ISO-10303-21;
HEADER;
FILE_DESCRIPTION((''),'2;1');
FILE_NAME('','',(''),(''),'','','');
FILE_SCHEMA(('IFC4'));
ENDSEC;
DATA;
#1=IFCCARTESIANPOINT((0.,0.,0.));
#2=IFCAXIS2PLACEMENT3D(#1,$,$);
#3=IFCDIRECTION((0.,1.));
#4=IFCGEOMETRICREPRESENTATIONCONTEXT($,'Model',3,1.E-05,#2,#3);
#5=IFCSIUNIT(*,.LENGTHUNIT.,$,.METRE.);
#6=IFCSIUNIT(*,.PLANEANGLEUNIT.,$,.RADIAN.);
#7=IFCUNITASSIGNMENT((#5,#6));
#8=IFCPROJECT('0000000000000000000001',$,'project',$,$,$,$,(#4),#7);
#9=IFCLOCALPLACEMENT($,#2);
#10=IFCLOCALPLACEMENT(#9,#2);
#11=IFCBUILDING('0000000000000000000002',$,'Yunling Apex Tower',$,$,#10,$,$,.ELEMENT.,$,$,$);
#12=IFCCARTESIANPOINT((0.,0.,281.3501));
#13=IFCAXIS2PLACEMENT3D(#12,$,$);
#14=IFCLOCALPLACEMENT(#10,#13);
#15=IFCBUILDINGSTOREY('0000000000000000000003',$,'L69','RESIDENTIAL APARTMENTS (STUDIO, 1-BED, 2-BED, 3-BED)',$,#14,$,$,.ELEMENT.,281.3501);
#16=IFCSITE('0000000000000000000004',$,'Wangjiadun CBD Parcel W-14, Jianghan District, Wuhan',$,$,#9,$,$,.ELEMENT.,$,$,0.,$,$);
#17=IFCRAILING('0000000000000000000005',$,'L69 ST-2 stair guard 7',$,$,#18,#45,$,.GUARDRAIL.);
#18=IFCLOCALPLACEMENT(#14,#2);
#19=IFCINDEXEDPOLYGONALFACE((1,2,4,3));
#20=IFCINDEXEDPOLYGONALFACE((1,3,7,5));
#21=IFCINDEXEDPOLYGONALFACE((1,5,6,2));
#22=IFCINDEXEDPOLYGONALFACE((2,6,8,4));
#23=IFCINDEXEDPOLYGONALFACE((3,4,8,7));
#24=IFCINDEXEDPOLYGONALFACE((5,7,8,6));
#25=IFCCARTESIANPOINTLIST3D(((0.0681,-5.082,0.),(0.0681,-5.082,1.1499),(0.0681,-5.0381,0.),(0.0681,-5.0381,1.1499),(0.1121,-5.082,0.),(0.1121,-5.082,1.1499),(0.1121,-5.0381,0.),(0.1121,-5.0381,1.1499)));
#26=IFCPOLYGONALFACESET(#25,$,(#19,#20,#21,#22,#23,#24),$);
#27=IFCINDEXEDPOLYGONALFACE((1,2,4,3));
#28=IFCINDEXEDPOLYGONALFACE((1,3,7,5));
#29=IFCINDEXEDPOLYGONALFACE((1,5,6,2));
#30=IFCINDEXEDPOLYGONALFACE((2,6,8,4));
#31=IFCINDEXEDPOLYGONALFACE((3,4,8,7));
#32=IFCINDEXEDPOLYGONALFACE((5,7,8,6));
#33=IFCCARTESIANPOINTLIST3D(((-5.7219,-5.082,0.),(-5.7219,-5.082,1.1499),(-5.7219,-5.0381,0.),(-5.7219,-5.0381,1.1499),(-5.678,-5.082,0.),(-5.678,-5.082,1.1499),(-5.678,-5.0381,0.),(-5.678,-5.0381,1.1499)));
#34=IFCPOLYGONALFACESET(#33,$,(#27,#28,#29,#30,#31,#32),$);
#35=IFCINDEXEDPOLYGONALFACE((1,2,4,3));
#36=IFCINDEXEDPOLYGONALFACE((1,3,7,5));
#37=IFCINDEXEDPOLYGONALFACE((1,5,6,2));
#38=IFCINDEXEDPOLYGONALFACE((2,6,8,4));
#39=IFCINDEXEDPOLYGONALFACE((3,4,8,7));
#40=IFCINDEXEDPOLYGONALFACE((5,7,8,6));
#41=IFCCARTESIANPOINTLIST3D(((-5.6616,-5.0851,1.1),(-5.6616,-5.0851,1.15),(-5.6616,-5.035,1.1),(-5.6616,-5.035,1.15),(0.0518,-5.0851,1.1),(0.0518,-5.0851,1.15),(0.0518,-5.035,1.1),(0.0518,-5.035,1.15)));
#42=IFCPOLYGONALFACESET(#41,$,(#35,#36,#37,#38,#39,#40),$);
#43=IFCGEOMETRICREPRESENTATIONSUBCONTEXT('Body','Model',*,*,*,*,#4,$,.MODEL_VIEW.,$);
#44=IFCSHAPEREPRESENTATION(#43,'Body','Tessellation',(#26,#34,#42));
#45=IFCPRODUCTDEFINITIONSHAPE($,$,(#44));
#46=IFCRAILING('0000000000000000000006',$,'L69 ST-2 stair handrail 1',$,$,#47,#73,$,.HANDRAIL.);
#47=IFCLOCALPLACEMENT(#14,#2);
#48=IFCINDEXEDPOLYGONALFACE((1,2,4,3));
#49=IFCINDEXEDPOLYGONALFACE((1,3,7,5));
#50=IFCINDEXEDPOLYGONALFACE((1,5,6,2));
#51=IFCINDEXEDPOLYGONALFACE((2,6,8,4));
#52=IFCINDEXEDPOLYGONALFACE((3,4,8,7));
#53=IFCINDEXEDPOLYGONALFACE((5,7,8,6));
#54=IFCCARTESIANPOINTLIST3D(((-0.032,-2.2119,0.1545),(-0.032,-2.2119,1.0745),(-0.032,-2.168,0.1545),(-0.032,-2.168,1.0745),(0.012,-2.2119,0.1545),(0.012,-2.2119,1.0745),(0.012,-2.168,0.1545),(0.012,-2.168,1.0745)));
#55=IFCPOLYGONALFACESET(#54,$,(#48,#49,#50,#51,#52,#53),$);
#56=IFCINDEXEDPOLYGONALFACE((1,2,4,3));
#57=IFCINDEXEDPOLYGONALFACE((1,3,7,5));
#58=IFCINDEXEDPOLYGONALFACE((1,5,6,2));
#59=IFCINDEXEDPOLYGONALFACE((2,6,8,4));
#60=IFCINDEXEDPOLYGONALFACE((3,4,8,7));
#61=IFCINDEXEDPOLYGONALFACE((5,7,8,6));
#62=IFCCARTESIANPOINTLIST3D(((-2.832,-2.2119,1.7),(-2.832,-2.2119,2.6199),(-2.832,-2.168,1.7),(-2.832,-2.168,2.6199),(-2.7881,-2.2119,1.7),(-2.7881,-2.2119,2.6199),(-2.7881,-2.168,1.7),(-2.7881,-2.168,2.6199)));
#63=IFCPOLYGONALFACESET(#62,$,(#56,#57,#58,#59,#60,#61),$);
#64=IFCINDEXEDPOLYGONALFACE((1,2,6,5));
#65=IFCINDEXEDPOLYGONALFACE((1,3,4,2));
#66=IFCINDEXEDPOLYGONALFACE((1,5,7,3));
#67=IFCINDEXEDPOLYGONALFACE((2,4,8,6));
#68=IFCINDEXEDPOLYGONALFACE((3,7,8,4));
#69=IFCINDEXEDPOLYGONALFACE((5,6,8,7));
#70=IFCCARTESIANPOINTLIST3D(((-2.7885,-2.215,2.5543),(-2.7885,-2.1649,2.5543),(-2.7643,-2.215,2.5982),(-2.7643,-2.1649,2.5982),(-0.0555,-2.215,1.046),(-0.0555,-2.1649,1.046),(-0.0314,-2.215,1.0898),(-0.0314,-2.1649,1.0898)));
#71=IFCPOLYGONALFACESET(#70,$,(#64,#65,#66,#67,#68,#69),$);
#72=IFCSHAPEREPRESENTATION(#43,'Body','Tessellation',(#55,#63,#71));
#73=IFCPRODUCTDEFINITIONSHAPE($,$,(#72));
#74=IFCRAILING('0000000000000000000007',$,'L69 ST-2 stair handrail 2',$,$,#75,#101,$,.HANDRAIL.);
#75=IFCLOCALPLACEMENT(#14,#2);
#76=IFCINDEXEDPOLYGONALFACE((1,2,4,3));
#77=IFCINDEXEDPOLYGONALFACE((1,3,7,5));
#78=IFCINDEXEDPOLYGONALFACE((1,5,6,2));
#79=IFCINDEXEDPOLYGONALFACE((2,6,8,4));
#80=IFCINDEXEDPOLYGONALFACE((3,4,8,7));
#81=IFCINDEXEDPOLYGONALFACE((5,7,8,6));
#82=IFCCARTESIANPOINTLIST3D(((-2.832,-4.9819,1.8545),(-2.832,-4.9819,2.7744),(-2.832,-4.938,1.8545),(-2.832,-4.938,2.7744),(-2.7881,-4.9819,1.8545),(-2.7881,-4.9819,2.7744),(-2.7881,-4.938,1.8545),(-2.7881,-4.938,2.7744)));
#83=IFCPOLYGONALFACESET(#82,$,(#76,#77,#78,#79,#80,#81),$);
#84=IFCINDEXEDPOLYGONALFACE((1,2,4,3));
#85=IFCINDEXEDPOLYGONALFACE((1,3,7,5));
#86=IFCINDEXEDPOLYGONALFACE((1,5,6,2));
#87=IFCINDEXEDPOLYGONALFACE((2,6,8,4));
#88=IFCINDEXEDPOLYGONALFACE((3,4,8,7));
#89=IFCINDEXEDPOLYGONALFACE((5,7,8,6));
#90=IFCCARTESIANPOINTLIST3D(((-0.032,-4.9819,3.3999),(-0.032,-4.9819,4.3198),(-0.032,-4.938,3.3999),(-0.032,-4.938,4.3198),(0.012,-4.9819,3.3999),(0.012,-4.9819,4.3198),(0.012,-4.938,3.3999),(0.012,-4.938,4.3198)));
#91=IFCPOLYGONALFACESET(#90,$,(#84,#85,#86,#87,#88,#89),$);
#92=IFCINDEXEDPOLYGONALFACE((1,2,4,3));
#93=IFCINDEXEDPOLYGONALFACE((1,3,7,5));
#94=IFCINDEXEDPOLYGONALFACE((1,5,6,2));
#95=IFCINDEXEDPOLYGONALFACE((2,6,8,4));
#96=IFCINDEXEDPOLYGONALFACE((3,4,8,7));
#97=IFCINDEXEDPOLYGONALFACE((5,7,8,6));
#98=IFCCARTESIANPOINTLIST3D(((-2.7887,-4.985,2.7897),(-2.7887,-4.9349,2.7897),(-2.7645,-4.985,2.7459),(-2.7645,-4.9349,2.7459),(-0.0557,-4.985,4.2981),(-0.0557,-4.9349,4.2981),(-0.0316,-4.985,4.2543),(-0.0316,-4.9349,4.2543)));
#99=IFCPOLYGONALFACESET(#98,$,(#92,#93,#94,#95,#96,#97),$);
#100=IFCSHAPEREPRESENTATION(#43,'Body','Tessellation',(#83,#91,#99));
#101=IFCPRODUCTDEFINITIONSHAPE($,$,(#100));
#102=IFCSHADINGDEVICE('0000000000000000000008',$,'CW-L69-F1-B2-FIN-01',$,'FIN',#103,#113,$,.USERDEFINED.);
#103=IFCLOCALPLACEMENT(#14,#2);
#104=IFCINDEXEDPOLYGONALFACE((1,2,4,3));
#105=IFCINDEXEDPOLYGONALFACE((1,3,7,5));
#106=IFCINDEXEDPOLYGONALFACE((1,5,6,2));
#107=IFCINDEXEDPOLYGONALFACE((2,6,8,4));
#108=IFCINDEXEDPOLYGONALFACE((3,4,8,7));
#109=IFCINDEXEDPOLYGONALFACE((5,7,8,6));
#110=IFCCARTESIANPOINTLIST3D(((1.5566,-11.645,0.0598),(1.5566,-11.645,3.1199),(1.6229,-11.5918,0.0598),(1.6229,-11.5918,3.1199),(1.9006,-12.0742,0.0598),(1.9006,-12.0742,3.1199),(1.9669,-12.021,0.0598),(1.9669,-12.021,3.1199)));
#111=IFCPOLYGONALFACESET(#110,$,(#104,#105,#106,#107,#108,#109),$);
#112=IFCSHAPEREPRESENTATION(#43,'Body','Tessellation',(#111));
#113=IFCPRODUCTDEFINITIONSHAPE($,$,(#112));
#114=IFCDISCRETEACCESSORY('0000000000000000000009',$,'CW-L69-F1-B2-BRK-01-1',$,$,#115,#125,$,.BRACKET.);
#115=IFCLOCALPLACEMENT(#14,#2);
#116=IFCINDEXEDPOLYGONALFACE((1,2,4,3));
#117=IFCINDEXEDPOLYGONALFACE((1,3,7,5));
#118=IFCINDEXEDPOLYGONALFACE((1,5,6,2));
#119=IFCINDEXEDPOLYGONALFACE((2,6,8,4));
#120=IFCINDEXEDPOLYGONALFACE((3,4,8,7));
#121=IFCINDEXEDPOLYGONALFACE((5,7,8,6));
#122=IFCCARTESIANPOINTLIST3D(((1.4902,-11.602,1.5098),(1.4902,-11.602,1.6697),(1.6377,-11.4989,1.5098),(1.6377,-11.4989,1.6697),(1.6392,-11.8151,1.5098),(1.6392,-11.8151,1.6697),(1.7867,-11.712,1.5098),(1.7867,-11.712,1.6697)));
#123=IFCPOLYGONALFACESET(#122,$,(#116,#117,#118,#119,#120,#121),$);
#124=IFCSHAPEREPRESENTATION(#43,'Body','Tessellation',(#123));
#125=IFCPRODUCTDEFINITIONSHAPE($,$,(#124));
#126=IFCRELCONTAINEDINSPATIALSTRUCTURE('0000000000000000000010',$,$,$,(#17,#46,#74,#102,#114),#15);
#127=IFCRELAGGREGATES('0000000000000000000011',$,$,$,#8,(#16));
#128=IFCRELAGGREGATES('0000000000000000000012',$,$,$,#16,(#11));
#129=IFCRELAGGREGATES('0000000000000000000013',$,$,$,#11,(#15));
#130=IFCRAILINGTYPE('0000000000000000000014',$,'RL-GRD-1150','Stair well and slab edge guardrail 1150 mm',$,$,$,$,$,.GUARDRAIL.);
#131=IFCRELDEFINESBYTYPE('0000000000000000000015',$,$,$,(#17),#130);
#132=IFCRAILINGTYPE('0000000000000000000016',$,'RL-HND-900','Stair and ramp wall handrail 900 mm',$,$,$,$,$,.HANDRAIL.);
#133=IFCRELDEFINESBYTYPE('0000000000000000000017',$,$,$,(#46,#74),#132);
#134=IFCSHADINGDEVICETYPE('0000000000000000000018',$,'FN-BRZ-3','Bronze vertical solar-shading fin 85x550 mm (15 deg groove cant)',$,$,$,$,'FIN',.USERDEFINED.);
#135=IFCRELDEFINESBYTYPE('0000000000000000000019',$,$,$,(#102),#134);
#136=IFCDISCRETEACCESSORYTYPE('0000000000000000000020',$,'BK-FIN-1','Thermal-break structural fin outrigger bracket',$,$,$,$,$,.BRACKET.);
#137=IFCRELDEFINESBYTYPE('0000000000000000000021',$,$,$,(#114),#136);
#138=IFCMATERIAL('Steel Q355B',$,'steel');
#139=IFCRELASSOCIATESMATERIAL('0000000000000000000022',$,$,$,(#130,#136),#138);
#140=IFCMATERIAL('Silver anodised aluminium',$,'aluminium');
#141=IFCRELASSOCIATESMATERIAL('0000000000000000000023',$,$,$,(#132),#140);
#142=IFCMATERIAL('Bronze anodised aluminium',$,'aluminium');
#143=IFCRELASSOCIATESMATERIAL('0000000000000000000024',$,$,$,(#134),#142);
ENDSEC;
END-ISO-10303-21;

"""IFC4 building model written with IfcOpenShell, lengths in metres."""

from ifc_helpers import new_model, si_unit, direction, frame, origin, origin_2d, place, context, subcontext, project, spatial, rectangle, extrude, source, transform, mapped, material, material_profile, profile_set, type_object, element, save


model = new_model("IFC4")

# Units and contexts
model_context = context("Model", 3, precision=1e-05, world=origin(), true_north=direction((0.0, 1.0)))
body_context = subcontext(model_context, "Body", "Model", "MODEL_VIEW")
ifc_project = project(units=[si_unit("LENGTHUNIT", "METRE"), si_unit("PLANEANGLEUNIT", "RADIAN")], contexts=[model_context])

# Site, building, storey
site_placement = place(None, origin())
site = spatial("IfcSite", under=ifc_project, at=site_placement, Name="Wangjiadun CBD Parcel W-14, Jianghan District, Wuhan", CompositionType="ELEMENT", RefElevation=0.0)
building_placement = place(site_placement, origin())
building = spatial("IfcBuilding", under=site, at=building_placement, Name="Yunling Apex Tower", CompositionType="ELEMENT")
storey_placement = place(building_placement, frame((0.0, 0.0, 281.3501)))
storey = spatial("IfcBuildingStorey", under=building, at=storey_placement, Name="L69", Description="RESIDENTIAL APARTMENTS (STUDIO, 1-BED, 2-BED, 3-BED)", CompositionType="ELEMENT", Elevation=281.3501)

# Shared definitions
ifc_material_1 = material(Name="Steel Q355B", Category="steel")

# Shared definitions
ifc_material_2 = material(Name="Bronze anodised aluminium", Category="aluminium")

# Railings
railing_type_1 = type_object("IfcRailingType", Name="RL-GRD-1150", Description="Stair well and slab edge guardrail 1150 mm", PredefinedType="GUARDRAIL", material=ifc_material_1)
railing_1_placement = place(storey_placement, frame((0.0901, -5.0601, 0.0)))
element("IfcRailing", 1, at=railing_1_placement, inside=storey, type_object=railing_type_1, Name="L69 ST-2 stair guard 7", PredefinedType="GUARDRAIL", context=body_context, shape_type="SweptSolid", body=[
    extrude(rectangle(XDim=0.0439, YDim=0.0439, at=origin_2d()), origin(), (0.0, 0.0, 1.0), 1.1499),
    extrude(rectangle(XDim=0.0439, YDim=0.0439, at=origin_2d()), frame((-5.79, 0.0, 0.0)), (0.0, 0.0, 1.0), 1.1499),
    extrude(rectangle(XDim=0.05, YDim=0.05, at=origin_2d()), frame((-0.0383, 0.0, 1.125), z_axis=(-1.0, 0.0, 0.0), x_axis=(0.0, -1.0, 0.0)), (0.0, 0.0, 1.0), 5.7134),
])
ifc_material_3 = material(Name="Silver anodised aluminium", Category="aluminium")
railing_type_2 = type_object("IfcRailingType", Name="RL-HND-900", Description="Stair and ramp wall handrail 900 mm", PredefinedType="HANDRAIL", material=ifc_material_3)
railing_2_placement = place(storey_placement, frame((-0.01, -2.1899, 0.1545)))
element("IfcRailing", 2, at=railing_2_placement, inside=storey, type_object=railing_type_2, Name="L69 ST-2 stair handrail 1", PredefinedType="HANDRAIL", context=body_context, shape_type="SweptSolid", body=[
    extrude(rectangle(XDim=0.0439, YDim=0.0439, at=origin_2d()), origin(), (0.0, 0.0, 1.0), 0.9199),
    extrude(rectangle(XDim=0.0439, YDim=0.0439, at=origin_2d()), frame((-2.8, 0.0, 1.5454)), (0.0, 0.0, 1.0), 0.9199),
    extrude(rectangle(XDim=0.05, YDim=0.05, at=origin_2d()), frame((-0.0334, 0.0, 0.9133), z_axis=(-0.875504, 0.0, 0.483211), x_axis=(0.0, -1.0, 0.0)), (0.0, 0.0, 1.0), 3.1216),
])
railing_3_placement = place(storey_placement, frame((-2.8101, -4.96, 1.8545)))
element("IfcRailing", 3, at=railing_3_placement, inside=storey, type_object=railing_type_2, Name="L69 ST-2 stair handrail 2", PredefinedType="HANDRAIL", context=body_context, shape_type="SweptSolid", body=[
    extrude(rectangle(XDim=0.0439, YDim=0.0439, at=origin_2d()), origin(), (0.0, 0.0, 1.0), 0.9199),
    extrude(rectangle(XDim=0.0439, YDim=0.0439, at=origin_2d()), frame((2.8, 0.0, 1.5454)), (0.0, 0.0, 1.0), 0.9199),
    extrude(rectangle(XDim=0.05, YDim=0.05, at=origin_2d()), frame((0.0334, 0.0, 0.9133), z_axis=(0.875504, 0.0, 0.483211), x_axis=(0.0, 1.0, 0.0)), (0.0, 0.0, 1.0), 3.1216),
])

# Shading device
ifc_material_profile_1 = material_profile(ifc_material_2, rectangle(XDim=0.085, YDim=0.55, at=origin_2d()))
ifc_profile_set_1 = profile_set([ifc_material_profile_1], Name="Bronze anodised aluminium")
shading_device_type = type_object("IfcShadingDeviceType", Name="FN-BRZ-3", Description="Bronze vertical solar-shading fin 85x550 mm (15 deg groove cant)", ElementType="FIN", PredefinedType="USERDEFINED", material=ifc_profile_set_1)
shared_shape_1 = source(origin(), body_context, "Body", "SweptSolid", [
    extrude(rectangle(XDim=0.085, YDim=0.55, at=origin_2d()), origin(), (0.0, 0.0, 1.0), 3.0601),
])
shading_device_placement = place(storey_placement, frame((1.7617, -11.833, 0.0598), z_axis=(0.0, 0.0, 1.0), x_axis=(0.780321, 0.625379, 0.0)))
element("IfcShadingDevice", 4, at=shading_device_placement, inside=storey, type_object=shading_device_type, Name="CW-L69-F1-B2-FIN-01", ObjectType="FIN", PredefinedType="USERDEFINED", context=body_context, shape_type="MappedRepresentation", body=[
    mapped(shared_shape_1, transform((0.0, 0.0, 0.0), scale=1.0)),
])

# Discrete accessory
discrete_accessory_type = type_object("IfcDiscreteAccessoryType", Name="BK-FIN-1", Description="Thermal-break structural fin outrigger bracket", PredefinedType="BRACKET", material=ifc_material_1)
shared_shape_2 = source(origin(), body_context, "Body", "SweptSolid", [
    extrude(rectangle(XDim=0.1799, YDim=0.26, at=origin_2d()), origin(), (0.0, 0.0, 1.0), 0.1599),
])
discrete_accessory_placement = place(storey_placement, frame((1.6384, -11.657, 1.5098), z_axis=(0.0, 0.0, 1.0), x_axis=(0.819552, 0.573004, 0.0)))
element("IfcDiscreteAccessory", 5, at=discrete_accessory_placement, inside=storey, type_object=discrete_accessory_type, Name="CW-L69-F1-B2-BRK-01-1", PredefinedType="BRACKET", context=body_context, shape_type="MappedRepresentation", body=[
    mapped(shared_shape_2, transform((0.0, 0.0, 0.0), scale=1.0)),
])

save(model, "model.ifc")
